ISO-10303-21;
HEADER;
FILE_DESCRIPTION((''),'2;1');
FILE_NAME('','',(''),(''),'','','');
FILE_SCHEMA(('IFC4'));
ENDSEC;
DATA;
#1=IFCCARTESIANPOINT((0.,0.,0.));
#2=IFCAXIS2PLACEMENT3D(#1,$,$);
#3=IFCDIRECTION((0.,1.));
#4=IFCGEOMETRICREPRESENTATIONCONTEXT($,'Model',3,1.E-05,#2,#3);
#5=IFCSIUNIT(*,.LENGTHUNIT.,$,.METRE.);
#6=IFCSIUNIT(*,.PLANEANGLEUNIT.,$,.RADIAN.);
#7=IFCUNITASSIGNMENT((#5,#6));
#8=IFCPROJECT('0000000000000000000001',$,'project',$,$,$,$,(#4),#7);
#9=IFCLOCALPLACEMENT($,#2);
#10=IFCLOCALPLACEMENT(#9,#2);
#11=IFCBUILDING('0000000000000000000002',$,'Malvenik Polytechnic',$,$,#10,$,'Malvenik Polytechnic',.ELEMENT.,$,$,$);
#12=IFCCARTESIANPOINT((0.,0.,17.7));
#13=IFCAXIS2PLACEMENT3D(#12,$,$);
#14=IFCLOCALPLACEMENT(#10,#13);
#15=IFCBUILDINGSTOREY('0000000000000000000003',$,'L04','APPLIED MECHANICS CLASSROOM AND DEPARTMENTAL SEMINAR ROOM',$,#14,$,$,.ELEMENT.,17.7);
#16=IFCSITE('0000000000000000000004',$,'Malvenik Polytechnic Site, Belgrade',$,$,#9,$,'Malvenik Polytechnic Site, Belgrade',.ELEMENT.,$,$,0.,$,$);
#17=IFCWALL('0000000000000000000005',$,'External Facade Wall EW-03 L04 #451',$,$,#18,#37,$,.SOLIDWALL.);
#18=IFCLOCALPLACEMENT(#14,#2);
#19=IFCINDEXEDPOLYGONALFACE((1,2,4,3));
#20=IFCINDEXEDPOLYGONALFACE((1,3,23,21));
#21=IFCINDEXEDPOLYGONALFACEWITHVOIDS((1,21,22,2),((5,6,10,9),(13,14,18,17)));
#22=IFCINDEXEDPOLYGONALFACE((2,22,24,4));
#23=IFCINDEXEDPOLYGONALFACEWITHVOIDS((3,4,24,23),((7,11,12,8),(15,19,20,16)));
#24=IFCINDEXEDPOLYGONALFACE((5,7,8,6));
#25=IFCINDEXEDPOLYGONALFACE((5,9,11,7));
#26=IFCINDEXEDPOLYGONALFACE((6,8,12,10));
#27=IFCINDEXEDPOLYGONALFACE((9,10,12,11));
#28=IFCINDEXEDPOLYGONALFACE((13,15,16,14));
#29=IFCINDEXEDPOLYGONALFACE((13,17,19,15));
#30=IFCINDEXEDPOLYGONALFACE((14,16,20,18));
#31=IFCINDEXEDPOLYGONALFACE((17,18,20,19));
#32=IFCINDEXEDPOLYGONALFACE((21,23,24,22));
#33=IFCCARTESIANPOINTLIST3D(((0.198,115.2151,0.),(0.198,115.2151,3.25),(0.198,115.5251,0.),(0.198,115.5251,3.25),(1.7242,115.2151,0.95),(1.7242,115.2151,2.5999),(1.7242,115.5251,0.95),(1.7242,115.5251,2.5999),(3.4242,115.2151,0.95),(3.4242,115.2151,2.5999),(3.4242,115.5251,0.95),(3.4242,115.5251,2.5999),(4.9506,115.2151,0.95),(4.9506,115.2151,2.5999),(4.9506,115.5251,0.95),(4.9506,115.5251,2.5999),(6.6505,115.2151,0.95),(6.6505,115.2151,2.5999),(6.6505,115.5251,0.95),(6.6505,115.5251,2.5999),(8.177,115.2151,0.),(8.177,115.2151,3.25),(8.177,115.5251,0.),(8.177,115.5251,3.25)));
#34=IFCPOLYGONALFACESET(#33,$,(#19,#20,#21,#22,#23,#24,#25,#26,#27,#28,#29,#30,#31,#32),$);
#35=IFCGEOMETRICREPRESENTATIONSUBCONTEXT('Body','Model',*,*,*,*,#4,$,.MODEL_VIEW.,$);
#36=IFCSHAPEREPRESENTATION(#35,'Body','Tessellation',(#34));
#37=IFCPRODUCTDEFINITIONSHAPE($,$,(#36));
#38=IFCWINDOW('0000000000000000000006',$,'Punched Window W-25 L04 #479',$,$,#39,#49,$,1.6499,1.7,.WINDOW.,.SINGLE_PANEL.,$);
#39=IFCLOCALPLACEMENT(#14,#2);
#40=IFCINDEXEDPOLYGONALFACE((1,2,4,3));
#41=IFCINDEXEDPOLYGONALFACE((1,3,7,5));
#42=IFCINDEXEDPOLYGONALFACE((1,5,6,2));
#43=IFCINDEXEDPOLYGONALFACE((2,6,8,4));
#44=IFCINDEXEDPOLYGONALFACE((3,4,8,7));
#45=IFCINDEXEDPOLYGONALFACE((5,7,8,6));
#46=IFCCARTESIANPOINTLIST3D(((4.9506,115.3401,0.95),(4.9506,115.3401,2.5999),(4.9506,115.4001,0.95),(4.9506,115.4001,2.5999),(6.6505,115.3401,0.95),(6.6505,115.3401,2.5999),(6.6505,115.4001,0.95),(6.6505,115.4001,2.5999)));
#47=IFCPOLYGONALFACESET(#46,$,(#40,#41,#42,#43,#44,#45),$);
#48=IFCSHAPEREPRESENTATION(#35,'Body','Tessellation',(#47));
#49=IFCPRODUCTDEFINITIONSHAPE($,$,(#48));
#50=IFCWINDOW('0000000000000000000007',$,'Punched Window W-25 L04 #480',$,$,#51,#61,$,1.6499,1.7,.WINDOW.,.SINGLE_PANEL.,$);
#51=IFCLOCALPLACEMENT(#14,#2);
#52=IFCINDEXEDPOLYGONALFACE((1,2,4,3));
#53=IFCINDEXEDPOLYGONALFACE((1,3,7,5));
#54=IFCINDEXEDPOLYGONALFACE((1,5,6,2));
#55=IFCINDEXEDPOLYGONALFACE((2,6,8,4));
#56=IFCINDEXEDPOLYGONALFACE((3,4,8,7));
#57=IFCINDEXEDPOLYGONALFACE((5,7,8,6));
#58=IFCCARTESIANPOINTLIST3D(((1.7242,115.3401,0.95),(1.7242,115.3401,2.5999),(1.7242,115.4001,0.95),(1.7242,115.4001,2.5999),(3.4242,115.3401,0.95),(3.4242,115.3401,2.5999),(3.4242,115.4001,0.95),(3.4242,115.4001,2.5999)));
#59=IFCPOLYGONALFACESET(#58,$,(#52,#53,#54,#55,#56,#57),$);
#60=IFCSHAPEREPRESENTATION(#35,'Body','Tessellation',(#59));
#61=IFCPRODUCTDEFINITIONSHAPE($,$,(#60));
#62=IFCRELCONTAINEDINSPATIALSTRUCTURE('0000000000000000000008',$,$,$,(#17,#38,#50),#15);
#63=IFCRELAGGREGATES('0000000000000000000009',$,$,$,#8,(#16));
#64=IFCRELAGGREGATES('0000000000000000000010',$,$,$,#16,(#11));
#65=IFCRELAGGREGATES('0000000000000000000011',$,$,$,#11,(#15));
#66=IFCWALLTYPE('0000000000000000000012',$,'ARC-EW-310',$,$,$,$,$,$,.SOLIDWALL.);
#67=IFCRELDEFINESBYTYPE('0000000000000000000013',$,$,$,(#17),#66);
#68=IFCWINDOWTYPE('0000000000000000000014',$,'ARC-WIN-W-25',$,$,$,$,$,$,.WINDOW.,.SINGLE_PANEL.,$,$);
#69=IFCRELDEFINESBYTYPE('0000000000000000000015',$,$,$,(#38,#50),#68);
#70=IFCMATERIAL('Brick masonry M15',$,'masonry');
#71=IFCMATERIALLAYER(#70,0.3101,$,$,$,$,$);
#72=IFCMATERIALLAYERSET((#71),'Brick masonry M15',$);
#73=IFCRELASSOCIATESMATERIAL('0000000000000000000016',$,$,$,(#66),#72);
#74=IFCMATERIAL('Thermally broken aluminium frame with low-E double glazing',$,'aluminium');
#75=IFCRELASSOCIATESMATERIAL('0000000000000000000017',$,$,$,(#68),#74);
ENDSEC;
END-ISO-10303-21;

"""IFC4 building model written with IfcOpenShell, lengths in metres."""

from ifc_helpers import new_model, si_unit, direction, frame, frame_2d, origin, place, context, subcontext, project, spatial, rectangle, extrude, material, layer, layer_set, type_object, element, fill, save


model = new_model("IFC4")

# Units and contexts
model_context = context("Model", 3, precision=1e-05, world=origin(), true_north=direction((0.0, 1.0)))
body_context = subcontext(model_context, "Body", "Model", "MODEL_VIEW")
ifc_project = project(units=[si_unit("LENGTHUNIT", "METRE"), si_unit("PLANEANGLEUNIT", "RADIAN")], contexts=[model_context])

# Site, building, storey
site_placement = place(None, origin())
site = spatial("IfcSite", under=ifc_project, at=site_placement, Name="Malvenik Polytechnic Site, Belgrade", LongName="Malvenik Polytechnic Site, Belgrade", CompositionType="ELEMENT", RefElevation=0.0)
building_placement = place(site_placement, origin())
building = spatial("IfcBuilding", under=site, at=building_placement, Name="Malvenik Polytechnic", LongName="Malvenik Polytechnic", CompositionType="ELEMENT")
storey_placement = place(building_placement, frame((0.0, 0.0, 17.7)))
storey = spatial("IfcBuildingStorey", under=building, at=storey_placement, Name="L04", Description="APPLIED MECHANICS CLASSROOM AND DEPARTMENTAL SEMINAR ROOM", CompositionType="ELEMENT", Elevation=17.7)

# Shared definitions
ifc_material_1 = material(Name="Brick masonry M15", Category="masonry")
ifc_layer_1 = layer(ifc_material_1, 0.3101)
ifc_layer_set_1 = layer_set([ifc_layer_1], Name="Brick masonry M15")
wall_type_1 = type_object("IfcWallType", Name="ARC-EW-310", PredefinedType="SOLIDWALL", material=ifc_layer_set_1)
ifc_material_2 = material(Name="Thermally broken aluminium frame with low-E double glazing", Category="aluminium")

# Wall, openings, windows
wall_1_placement = place(storey_placement, frame((8.177, 115.3701, 0.0), z_axis=(0.0, 0.0, 1.0), x_axis=(-1.0, 0.0, 0.0)))
wall_1 = element("IfcWall", 1, at=wall_1_placement, inside=storey, type_object=wall_type_1, Name="External Facade Wall EW-03 L04 #451", PredefinedType="SOLIDWALL", context=body_context, shape_type="SweptSolid", body=[
    extrude(rectangle(XDim=7.979, YDim=0.3101, at=frame_2d((3.9895, 0.0))), origin(), (0.0, 0.0, 1.0), 3.25),
])
opening_1_placement = place(wall_1_placement, frame((1.5264, 0.0, 0.95)))
opening_1 = element("IfcOpeningElement", 2, at=opening_1_placement, cuts=wall_1, PredefinedType="OPENING", context=body_context, shape_type="SweptSolid", body=[
    extrude(rectangle(XDim=1.7, YDim=1.6499, at=frame_2d((0.8501, 0.825))), frame((0.0, 0.165, 0.0), z_axis=(0.0, -1.0, 0.0), x_axis=(1.0, 0.0, 0.0)), (0.0, 0.0, 1.0), 0.3301),
])
opening_2_placement = place(wall_1_placement, frame((4.7527, 0.0, 0.95)))
opening_2 = element("IfcOpeningElement", 3, at=opening_2_placement, cuts=wall_1, PredefinedType="OPENING", context=body_context, shape_type="SweptSolid", body=[
    extrude(rectangle(XDim=1.7, YDim=1.6499, at=frame_2d((0.8501, 0.825))), frame((0.0, 0.165, 0.0), z_axis=(0.0, -1.0, 0.0), x_axis=(1.0, 0.0, 0.0)), (0.0, 0.0, 1.0), 0.3301),
])
window_type_1 = type_object("IfcWindowType", Name="ARC-WIN-W-25", PartitioningType="SINGLE_PANEL", PredefinedType="WINDOW", material=ifc_material_2)
window_1_placement = place(opening_1_placement, origin())
window_1 = element("IfcWindow", 4, at=window_1_placement, inside=storey, type_object=window_type_1, Name="Punched Window W-25 L04 #479", OverallHeight=1.6499, OverallWidth=1.7, PartitioningType="SINGLE_PANEL", PredefinedType="WINDOW", context=body_context, shape_type="SweptSolid", body=[
    extrude(rectangle(XDim=1.7, YDim=1.6499, at=frame_2d((0.8501, 0.825))), frame((0.0, 0.03, 0.0), z_axis=(0.0, -1.0, 0.0), x_axis=(1.0, 0.0, 0.0)), (0.0, 0.0, 1.0), 0.0601),
])
fill(opening_1, window_1)
window_2_placement = place(opening_2_placement, origin())
window_2 = element("IfcWindow", 5, at=window_2_placement, inside=storey, type_object=window_type_1, Name="Punched Window W-25 L04 #480", OverallHeight=1.6499, OverallWidth=1.7, PartitioningType="SINGLE_PANEL", PredefinedType="WINDOW", context=body_context, shape_type="SweptSolid", body=[
    extrude(rectangle(XDim=1.7, YDim=1.6499, at=frame_2d((0.8501, 0.825))), frame((0.0, 0.03, 0.0), z_axis=(0.0, -1.0, 0.0), x_axis=(1.0, 0.0, 0.0)), (0.0, 0.0, 1.0), 0.0601),
])
fill(opening_2, window_2)

save(model, "model.ifc")
